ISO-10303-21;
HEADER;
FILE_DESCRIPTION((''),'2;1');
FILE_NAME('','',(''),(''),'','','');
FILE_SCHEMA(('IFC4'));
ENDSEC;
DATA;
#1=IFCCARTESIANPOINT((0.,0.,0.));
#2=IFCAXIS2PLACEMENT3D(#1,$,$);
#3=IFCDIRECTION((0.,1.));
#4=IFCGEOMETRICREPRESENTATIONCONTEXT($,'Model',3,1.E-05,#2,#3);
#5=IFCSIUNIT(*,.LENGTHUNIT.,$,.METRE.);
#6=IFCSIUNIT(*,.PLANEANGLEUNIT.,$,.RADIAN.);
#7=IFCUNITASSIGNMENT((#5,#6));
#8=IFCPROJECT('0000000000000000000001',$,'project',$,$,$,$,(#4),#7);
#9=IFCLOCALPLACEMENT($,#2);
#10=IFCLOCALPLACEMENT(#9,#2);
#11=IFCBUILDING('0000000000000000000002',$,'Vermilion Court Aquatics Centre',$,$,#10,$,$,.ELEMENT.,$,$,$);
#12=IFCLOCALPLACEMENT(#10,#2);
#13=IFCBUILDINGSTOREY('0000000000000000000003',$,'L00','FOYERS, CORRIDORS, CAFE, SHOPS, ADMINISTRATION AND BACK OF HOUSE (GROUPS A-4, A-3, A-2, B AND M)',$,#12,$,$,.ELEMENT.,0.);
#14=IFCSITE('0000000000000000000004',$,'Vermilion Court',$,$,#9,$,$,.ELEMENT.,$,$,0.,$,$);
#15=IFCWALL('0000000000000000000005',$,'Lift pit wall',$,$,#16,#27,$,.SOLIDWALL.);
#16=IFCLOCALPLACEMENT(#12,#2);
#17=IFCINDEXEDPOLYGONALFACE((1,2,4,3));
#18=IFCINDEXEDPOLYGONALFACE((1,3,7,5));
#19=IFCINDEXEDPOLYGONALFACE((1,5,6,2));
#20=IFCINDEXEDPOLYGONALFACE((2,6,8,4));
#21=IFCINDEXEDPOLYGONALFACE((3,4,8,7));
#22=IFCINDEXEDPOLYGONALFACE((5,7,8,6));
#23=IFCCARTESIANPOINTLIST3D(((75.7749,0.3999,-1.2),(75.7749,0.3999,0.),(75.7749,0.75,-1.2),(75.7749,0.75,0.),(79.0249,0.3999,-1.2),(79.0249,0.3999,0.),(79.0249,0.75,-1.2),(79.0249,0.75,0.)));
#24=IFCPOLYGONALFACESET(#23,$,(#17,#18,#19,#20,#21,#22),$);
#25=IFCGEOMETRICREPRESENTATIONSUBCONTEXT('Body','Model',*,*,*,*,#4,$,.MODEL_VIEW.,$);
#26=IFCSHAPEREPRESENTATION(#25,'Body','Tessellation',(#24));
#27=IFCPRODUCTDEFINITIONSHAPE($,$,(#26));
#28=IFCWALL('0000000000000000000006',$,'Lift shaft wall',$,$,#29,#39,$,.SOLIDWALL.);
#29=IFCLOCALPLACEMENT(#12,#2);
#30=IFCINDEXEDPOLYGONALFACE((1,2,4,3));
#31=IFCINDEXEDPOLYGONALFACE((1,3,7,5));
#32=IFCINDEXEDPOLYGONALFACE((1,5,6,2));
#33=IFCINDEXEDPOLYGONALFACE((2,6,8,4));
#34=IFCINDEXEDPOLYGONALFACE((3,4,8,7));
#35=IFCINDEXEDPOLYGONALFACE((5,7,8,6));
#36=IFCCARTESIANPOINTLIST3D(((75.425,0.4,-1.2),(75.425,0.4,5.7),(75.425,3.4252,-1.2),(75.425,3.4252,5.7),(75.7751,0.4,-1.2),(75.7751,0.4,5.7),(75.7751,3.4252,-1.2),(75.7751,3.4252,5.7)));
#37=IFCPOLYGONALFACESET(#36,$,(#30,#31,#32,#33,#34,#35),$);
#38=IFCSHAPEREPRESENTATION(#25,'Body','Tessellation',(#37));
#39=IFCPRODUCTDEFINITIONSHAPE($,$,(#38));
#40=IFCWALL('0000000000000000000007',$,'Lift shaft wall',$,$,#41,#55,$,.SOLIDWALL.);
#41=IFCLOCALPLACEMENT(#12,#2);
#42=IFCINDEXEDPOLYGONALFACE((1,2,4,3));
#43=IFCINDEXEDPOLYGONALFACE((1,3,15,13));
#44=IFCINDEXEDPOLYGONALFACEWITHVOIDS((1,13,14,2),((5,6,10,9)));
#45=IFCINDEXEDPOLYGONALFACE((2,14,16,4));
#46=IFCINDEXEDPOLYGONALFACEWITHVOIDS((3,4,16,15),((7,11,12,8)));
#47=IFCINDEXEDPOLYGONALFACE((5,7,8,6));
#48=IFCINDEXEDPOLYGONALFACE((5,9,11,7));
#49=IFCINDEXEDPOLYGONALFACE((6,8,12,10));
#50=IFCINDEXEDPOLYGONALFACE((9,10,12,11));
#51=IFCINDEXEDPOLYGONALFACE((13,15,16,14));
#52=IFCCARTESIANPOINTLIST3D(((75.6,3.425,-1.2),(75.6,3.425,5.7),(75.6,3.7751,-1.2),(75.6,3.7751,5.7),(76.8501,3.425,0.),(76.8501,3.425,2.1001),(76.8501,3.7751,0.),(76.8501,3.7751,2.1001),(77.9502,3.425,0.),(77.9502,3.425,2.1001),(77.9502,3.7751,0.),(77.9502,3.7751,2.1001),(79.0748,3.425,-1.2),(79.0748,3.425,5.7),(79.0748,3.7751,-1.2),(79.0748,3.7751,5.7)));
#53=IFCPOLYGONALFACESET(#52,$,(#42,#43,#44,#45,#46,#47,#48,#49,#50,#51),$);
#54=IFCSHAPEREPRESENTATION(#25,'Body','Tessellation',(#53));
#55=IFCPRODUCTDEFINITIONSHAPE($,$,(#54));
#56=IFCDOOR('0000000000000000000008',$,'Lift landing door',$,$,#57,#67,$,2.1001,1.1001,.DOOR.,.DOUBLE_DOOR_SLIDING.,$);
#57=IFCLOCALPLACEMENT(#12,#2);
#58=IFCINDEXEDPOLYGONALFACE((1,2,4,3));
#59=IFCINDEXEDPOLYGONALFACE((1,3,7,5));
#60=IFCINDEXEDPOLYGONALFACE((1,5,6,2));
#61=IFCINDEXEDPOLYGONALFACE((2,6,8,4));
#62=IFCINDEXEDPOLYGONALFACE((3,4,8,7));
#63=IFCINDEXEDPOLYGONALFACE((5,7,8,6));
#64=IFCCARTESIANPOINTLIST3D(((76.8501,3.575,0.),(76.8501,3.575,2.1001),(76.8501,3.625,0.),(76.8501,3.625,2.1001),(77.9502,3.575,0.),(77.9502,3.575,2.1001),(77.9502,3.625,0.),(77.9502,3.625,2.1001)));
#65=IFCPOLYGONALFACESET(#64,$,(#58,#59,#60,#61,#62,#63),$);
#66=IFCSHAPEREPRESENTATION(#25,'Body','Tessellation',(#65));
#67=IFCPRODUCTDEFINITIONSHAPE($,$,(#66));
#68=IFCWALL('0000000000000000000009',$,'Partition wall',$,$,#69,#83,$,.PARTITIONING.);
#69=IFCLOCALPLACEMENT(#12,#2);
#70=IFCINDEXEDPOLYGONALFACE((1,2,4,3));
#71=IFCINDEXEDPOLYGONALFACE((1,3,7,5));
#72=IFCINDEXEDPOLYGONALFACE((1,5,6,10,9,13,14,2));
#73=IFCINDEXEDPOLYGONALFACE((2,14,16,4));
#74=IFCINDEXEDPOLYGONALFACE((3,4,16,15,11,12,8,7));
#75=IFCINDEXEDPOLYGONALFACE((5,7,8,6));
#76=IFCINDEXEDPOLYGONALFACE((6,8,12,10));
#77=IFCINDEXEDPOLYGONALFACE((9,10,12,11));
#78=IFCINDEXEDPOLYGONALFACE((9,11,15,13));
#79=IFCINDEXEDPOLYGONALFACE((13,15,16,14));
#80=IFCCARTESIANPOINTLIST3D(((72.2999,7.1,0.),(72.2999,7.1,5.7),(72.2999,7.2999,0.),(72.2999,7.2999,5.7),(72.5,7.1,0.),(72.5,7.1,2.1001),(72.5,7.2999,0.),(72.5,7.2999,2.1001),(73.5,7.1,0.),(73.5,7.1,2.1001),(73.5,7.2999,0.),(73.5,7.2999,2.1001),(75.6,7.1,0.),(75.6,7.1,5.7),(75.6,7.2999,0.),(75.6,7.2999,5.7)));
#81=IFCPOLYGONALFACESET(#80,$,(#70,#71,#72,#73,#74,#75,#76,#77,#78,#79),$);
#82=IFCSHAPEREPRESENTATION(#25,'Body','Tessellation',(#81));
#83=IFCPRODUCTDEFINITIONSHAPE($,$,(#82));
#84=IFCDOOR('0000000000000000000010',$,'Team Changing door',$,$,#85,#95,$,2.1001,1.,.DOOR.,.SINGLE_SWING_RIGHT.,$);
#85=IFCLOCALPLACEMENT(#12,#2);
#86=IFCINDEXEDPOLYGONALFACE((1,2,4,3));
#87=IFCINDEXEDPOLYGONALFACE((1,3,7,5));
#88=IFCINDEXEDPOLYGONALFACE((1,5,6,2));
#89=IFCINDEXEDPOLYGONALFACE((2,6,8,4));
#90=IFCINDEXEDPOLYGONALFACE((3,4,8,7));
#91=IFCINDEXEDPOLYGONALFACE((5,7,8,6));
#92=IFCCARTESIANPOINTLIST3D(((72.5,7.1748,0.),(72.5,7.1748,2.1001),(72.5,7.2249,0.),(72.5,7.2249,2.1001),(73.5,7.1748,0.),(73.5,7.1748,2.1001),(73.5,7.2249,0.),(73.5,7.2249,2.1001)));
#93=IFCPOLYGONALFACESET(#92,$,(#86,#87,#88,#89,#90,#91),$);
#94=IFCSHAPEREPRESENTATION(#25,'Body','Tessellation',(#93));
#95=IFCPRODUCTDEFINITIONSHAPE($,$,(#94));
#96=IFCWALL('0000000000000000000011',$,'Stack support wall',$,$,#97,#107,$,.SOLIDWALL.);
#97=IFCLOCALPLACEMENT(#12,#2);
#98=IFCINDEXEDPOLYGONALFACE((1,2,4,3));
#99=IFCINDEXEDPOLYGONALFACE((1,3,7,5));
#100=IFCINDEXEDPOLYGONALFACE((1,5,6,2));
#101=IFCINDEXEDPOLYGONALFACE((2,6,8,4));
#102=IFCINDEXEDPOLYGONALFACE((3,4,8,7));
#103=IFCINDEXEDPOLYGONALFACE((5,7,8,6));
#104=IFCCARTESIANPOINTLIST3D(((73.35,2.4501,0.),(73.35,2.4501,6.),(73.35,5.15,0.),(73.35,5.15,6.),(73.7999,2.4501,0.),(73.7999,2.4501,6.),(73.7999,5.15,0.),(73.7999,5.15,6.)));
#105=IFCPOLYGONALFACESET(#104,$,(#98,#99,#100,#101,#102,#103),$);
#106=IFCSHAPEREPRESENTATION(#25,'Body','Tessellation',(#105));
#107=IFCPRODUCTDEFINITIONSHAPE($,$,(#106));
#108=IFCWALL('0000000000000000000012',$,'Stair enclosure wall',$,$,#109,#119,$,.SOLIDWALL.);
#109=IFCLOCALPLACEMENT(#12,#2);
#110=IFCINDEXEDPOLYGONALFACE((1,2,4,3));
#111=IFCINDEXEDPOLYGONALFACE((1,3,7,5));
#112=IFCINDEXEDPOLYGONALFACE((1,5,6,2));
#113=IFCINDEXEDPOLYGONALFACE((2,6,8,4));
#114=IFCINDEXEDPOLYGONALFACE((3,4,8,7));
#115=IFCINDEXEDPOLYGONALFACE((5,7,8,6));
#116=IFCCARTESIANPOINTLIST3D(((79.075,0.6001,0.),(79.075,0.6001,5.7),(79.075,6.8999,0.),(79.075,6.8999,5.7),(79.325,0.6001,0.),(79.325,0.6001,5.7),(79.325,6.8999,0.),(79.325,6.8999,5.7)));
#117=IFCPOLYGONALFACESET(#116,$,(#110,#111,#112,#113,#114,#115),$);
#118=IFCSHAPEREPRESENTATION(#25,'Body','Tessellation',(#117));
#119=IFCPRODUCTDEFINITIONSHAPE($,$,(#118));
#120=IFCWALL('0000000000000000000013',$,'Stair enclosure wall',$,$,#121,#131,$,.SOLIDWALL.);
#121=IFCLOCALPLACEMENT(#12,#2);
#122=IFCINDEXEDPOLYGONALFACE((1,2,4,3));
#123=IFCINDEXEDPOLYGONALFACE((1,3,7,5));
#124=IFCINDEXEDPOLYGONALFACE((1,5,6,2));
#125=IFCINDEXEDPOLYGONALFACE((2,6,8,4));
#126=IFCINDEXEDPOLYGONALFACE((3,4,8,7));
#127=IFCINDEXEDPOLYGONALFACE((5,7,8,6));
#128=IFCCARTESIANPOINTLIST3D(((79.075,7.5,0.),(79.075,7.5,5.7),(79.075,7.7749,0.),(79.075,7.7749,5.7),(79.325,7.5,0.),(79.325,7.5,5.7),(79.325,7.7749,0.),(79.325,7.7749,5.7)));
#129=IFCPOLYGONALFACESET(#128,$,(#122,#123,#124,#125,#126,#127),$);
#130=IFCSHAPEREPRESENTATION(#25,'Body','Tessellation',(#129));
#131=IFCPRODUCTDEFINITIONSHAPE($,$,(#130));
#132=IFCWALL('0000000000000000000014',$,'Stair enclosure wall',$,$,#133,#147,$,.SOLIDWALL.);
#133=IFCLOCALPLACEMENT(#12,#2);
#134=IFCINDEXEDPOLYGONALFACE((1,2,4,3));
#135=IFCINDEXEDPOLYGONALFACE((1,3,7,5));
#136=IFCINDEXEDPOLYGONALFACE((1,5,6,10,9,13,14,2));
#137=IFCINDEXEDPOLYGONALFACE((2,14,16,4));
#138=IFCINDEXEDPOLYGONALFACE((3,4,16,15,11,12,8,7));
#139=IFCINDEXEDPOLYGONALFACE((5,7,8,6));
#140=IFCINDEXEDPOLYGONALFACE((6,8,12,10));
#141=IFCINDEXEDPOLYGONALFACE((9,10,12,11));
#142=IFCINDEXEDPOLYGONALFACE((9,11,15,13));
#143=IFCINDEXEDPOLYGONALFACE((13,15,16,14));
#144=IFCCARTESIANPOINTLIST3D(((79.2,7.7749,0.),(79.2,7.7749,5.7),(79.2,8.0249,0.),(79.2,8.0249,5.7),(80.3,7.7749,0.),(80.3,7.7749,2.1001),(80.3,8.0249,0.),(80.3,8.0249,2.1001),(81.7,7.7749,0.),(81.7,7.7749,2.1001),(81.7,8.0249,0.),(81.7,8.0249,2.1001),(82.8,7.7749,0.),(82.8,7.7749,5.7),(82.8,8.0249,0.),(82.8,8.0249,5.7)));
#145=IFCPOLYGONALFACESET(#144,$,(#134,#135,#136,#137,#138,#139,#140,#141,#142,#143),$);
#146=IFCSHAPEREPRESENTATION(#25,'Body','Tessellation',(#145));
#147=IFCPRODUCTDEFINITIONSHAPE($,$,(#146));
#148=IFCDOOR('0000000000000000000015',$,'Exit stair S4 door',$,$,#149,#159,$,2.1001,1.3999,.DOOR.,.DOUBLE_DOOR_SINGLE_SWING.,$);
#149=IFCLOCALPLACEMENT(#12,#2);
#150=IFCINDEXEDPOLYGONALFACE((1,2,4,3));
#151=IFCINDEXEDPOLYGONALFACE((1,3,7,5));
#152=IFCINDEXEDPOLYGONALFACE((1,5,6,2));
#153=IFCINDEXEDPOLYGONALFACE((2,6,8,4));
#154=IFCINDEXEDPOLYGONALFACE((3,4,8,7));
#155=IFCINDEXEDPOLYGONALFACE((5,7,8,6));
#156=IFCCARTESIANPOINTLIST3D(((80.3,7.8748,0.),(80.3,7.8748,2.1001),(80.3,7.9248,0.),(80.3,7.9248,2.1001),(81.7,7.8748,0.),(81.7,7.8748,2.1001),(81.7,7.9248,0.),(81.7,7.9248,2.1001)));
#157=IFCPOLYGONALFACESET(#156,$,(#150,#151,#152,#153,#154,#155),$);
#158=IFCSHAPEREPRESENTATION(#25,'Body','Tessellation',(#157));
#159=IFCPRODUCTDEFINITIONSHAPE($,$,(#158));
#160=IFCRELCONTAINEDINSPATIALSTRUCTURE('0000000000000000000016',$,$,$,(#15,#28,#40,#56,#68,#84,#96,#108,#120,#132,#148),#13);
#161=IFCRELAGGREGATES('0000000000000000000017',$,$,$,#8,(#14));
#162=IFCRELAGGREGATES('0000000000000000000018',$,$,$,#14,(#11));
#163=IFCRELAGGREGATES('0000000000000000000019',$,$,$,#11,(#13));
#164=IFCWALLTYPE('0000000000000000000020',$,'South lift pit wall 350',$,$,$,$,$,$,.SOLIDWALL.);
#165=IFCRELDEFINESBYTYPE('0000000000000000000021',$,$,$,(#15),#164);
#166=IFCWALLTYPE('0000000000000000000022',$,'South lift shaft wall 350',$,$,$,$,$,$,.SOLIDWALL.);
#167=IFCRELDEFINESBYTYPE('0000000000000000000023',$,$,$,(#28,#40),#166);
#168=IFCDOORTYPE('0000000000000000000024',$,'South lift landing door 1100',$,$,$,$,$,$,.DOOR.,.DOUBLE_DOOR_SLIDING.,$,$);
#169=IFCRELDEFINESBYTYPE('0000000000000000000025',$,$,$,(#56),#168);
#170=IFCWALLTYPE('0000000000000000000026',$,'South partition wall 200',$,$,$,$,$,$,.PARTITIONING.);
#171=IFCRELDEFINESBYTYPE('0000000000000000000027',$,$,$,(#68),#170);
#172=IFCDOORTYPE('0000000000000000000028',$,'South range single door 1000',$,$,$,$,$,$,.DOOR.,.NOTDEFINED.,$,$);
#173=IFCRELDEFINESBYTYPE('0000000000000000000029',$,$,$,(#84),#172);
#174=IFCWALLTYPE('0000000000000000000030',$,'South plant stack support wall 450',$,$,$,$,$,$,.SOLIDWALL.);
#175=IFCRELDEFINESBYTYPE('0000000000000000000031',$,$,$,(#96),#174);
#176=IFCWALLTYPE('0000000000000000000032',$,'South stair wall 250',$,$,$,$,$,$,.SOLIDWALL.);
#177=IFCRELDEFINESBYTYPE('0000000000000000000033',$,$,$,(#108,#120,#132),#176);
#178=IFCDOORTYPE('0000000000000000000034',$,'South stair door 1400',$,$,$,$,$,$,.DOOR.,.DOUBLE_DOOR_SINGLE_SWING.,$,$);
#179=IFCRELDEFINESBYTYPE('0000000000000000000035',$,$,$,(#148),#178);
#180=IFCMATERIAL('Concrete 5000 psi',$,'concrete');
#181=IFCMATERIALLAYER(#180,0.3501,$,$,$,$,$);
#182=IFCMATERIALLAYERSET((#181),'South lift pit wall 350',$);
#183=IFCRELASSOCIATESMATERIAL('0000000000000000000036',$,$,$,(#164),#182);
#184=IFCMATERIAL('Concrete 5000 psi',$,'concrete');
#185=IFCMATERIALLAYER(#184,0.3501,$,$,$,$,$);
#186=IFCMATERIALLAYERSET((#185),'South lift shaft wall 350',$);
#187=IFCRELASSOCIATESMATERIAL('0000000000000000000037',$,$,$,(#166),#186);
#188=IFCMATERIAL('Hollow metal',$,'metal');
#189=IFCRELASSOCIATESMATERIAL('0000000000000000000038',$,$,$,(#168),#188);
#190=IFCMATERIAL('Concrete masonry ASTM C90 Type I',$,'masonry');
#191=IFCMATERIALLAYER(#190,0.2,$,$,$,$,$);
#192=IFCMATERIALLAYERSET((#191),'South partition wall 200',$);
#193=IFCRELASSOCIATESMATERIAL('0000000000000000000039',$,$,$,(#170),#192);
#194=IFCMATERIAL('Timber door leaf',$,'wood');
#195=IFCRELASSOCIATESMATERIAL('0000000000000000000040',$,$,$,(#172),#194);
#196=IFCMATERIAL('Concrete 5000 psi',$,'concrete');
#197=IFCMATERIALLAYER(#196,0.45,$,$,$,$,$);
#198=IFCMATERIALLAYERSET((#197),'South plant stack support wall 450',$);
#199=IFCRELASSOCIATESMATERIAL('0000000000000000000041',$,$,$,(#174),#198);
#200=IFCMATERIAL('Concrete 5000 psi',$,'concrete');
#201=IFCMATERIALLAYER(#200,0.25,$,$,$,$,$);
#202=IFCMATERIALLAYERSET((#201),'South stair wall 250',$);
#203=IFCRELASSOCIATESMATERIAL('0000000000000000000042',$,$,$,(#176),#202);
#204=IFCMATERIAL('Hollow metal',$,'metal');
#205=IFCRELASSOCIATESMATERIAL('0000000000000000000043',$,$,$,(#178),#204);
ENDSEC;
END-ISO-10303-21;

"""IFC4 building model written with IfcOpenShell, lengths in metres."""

from ifc_helpers import new_model, si_unit, direction, frame, frame_2d, origin, place, context, subcontext, project, spatial, rectangle, extrude, material, layer, layer_set, type_object, element, fill, save


model = new_model("IFC4")

# Units and contexts
model_context = context("Model", 3, precision=1e-05, world=origin(), true_north=direction((0.0, 1.0)))
body_context = subcontext(model_context, "Body", "Model", "MODEL_VIEW")
ifc_project = project(units=[si_unit("LENGTHUNIT", "METRE"), si_unit("PLANEANGLEUNIT", "RADIAN")], contexts=[model_context])

# Site, building, storey
site_placement = place(None, origin())
site = spatial("IfcSite", under=ifc_project, at=site_placement, Name="Vermilion Court", CompositionType="ELEMENT", RefElevation=0.0)
building_placement = place(site_placement, origin())
building = spatial("IfcBuilding", under=site, at=building_placement, Name="Vermilion Court Aquatics Centre", CompositionType="ELEMENT")
storey_placement = place(building_placement, origin())
storey = spatial("IfcBuildingStorey", under=building, at=storey_placement, Name="L00", Description="FOYERS, CORRIDORS, CAFE, SHOPS, ADMINISTRATION AND BACK OF HOUSE (GROUPS A-4, A-3, A-2, B AND M)", CompositionType="ELEMENT", Elevation=0.0)

# Walls
ifc_material_1 = material(Name="Concrete 5000 psi", Category="concrete")
ifc_layer_1 = layer(ifc_material_1, 0.3501)
ifc_layer_set_1 = layer_set([ifc_layer_1], Name="South lift pit wall 350")
wall_type_1 = type_object("IfcWallType", Name="South lift pit wall 350", PredefinedType="SOLIDWALL", material=ifc_layer_set_1)
wall_1_placement = place(storey_placement, frame((75.7749, 0.575, -1.2), z_axis=(0.0, 0.0, 1.0), x_axis=(1.0, 0.0, 0.0)))
element("IfcWall", 1, at=wall_1_placement, inside=storey, type_object=wall_type_1, Name="Lift pit wall", PredefinedType="SOLIDWALL", context=body_context, shape_type="SweptSolid", body=[
    extrude(rectangle(XDim=3.25, YDim=0.3501, at=frame_2d((1.625, 0.0))), origin(), (0.0, 0.0, 1.0), 1.2),
])
ifc_material_2 = material(Name="Concrete 5000 psi", Category="concrete")
ifc_layer_2 = layer(ifc_material_2, 0.3501)
ifc_layer_set_2 = layer_set([ifc_layer_2], Name="South lift shaft wall 350")
wall_type_2 = type_object("IfcWallType", Name="South lift shaft wall 350", PredefinedType="SOLIDWALL", material=ifc_layer_set_2)
wall_2_placement = place(storey_placement, frame((75.6001, 0.3999, -1.2), z_axis=(0.0, 0.0, 1.0), x_axis=(0.0, 1.0, 0.0)))
element("IfcWall", 2, at=wall_2_placement, inside=storey, type_object=wall_type_2, Name="Lift shaft wall", PredefinedType="SOLIDWALL", context=body_context, shape_type="SweptSolid", body=[
    extrude(rectangle(XDim=3.0251, YDim=0.3501, at=frame_2d((1.5127, 0.0))), origin(), (0.0, 0.0, 1.0), 6.8999),
])

# Walls, openings, doors
wall_3_placement = place(storey_placement, frame((75.6001, 3.6001, -1.2), z_axis=(0.0, 0.0, 1.0), x_axis=(1.0, 0.0, 0.0)))
wall_3 = element("IfcWall", 3, at=wall_3_placement, inside=storey, type_object=wall_type_2, Name="Lift shaft wall", PredefinedType="SOLIDWALL", context=body_context, shape_type="SweptSolid", body=[
    extrude(rectangle(XDim=3.4749, YDim=0.3501, at=frame_2d((1.7373, 0.0))), origin(), (0.0, 0.0, 1.0), 6.8999),
])
opening_1_placement = place(wall_3_placement, frame((1.25, 0.0, 1.2)))
opening_1 = element("IfcOpeningElement", 4, at=opening_1_placement, cuts=wall_3, PredefinedType="OPENING", context=body_context, shape_type="SweptSolid", body=[
    extrude(rectangle(XDim=1.1001, YDim=2.1001, at=frame_2d((0.55, 1.05))), frame((0.0, 0.1851, 0.0), z_axis=(0.0, -1.0, 0.0), x_axis=(1.0, 0.0, 0.0)), (0.0, 0.0, 1.0), 0.3701),
])
ifc_material_3 = material(Name="Hollow metal", Category="metal")
door_type_1 = type_object("IfcDoorType", Name="South lift landing door 1100", OperationType="DOUBLE_DOOR_SLIDING", PredefinedType="DOOR", material=ifc_material_3)
door_1_placement = place(opening_1_placement, origin())
door_1 = element("IfcDoor", 5, at=door_1_placement, inside=storey, type_object=door_type_1, Name="Lift landing door", OperationType="DOUBLE_DOOR_SLIDING", OverallHeight=2.1001, OverallWidth=1.1001, PredefinedType="DOOR", context=body_context, shape_type="SweptSolid", body=[
    extrude(rectangle(XDim=1.1001, YDim=2.1001, at=frame_2d((0.55, 1.05))), frame((0.0, 0.0249, 0.0), z_axis=(0.0, -1.0, 0.0), x_axis=(1.0, 0.0, 0.0)), (0.0, 0.0, 1.0), 0.05),
])
fill(opening_1, door_1)
ifc_material_4 = material(Name="Concrete masonry ASTM C90 Type I", Category="masonry")
ifc_layer_3 = layer(ifc_material_4, 0.2)
ifc_layer_set_3 = layer_set([ifc_layer_3], Name="South partition wall 200")
wall_type_3 = type_object("IfcWallType", Name="South partition wall 200", PredefinedType="PARTITIONING", material=ifc_layer_set_3)
wall_4_placement = place(storey_placement, frame((72.3, 7.2, 0.0), z_axis=(0.0, 0.0, 1.0), x_axis=(1.0, 0.0, 0.0)))
wall_4 = element("IfcWall", 6, at=wall_4_placement, inside=storey, type_object=wall_type_3, Name="Partition wall", PredefinedType="PARTITIONING", context=body_context, shape_type="SweptSolid", body=[
    extrude(rectangle(XDim=3.3, YDim=0.2, at=frame_2d((1.6499, 0.0))), origin(), (0.0, 0.0, 1.0), 5.7),
])
opening_2_placement = place(wall_4_placement, frame((0.2, 0.0, 0.0)))
opening_2 = element("IfcOpeningElement", 7, at=opening_2_placement, cuts=wall_4, PredefinedType="OPENING", context=body_context, shape_type="SweptSolid", body=[
    extrude(rectangle(XDim=1.0, YDim=2.1001, at=frame_2d((0.5, 1.05))), frame((0.0, 0.1099, 0.0), z_axis=(0.0, -1.0, 0.0), x_axis=(1.0, 0.0, 0.0)), (0.0, 0.0, 1.0), 0.22),
])
ifc_material_5 = material(Name="Timber door leaf", Category="wood")
door_type_2 = type_object("IfcDoorType", Name="South range single door 1000", OperationType="NOTDEFINED", PredefinedType="DOOR", material=ifc_material_5)
door_2_placement = place(opening_2_placement, frame((1.0, 0.0, 0.0), z_axis=(0.0, 0.0, 1.0), x_axis=(-1.0, 0.0, 0.0)))
door_2 = element("IfcDoor", 8, at=door_2_placement, inside=storey, type_object=door_type_2, Name="Team Changing door", OperationType="SINGLE_SWING_RIGHT", OverallHeight=2.1001, OverallWidth=1.0, PredefinedType="DOOR", context=body_context, shape_type="SweptSolid", body=[
    extrude(rectangle(XDim=1.0, YDim=2.1001, at=frame_2d((0.5, 1.05))), frame((0.0, 0.0251, 0.0), z_axis=(0.0, -1.0, 0.0), x_axis=(1.0, 0.0, 0.0)), (0.0, 0.0, 1.0), 0.05),
])
fill(opening_2, door_2)

# Walls
ifc_material_6 = material(Name="Concrete 5000 psi", Category="concrete")
ifc_layer_4 = layer(ifc_material_6, 0.45)
ifc_layer_set_4 = layer_set([ifc_layer_4], Name="South plant stack support wall 450")
wall_type_4 = type_object("IfcWallType", Name="South plant stack support wall 450", PredefinedType="SOLIDWALL", material=ifc_layer_set_4)
wall_5_placement = place(storey_placement, frame((73.575, 2.45, 0.0), z_axis=(0.0, 0.0, 1.0), x_axis=(0.0, 1.0, 0.0)))
element("IfcWall", 9, at=wall_5_placement, inside=storey, type_object=wall_type_4, Name="Stack support wall", PredefinedType="SOLIDWALL", context=body_context, shape_type="SweptSolid", body=[
    extrude(rectangle(XDim=2.7, YDim=0.45, at=frame_2d((1.3501, 0.0))), origin(), (0.0, 0.0, 1.0), 6.0),
])
ifc_material_7 = material(Name="Concrete 5000 psi", Category="concrete")
ifc_layer_5 = layer(ifc_material_7, 0.25)
ifc_layer_set_5 = layer_set([ifc_layer_5], Name="South stair wall 250")
wall_type_5 = type_object("IfcWallType", Name="South stair wall 250", PredefinedType="SOLIDWALL", material=ifc_layer_set_5)
wall_6_placement = place(storey_placement, frame((79.2, 0.6001, 0.0), z_axis=(0.0, 0.0, 1.0), x_axis=(0.0, 1.0, 0.0)))
element("IfcWall", 10, at=wall_6_placement, inside=storey, type_object=wall_type_5, Name="Stair enclosure wall", PredefinedType="SOLIDWALL", context=body_context, shape_type="SweptSolid", body=[
    extrude(rectangle(XDim=6.2998, YDim=0.25, at=frame_2d((3.1499, 0.0))), origin(), (0.0, 0.0, 1.0), 5.7),
])
wall_7_placement = place(storey_placement, frame((79.2, 7.5, 0.0), z_axis=(0.0, 0.0, 1.0), x_axis=(0.0, 1.0, 0.0)))
element("IfcWall", 11, at=wall_7_placement, inside=storey, type_object=wall_type_5, Name="Stair enclosure wall", PredefinedType="SOLIDWALL", context=body_context, shape_type="SweptSolid", body=[
    extrude(rectangle(XDim=0.2749, YDim=0.25, at=frame_2d((0.1375, 0.0))), origin(), (0.0, 0.0, 1.0), 5.7),
])

# Wall, opening, door
wall_8_placement = place(storey_placement, frame((79.2, 7.8999, 0.0), z_axis=(0.0, 0.0, 1.0), x_axis=(1.0, 0.0, 0.0)))
wall_8 = element("IfcWall", 12, at=wall_8_placement, inside=storey, type_object=wall_type_5, Name="Stair enclosure wall", PredefinedType="SOLIDWALL", context=body_context, shape_type="SweptSolid", body=[
    extrude(rectangle(XDim=3.6001, YDim=0.25, at=frame_2d((1.8, 0.0))), origin(), (0.0, 0.0, 1.0), 5.7),
])
opening_3_placement = place(wall_8_placement, frame((1.1001, 0.0, 0.0)))
opening_3 = element("IfcOpeningElement", 13, at=opening_3_placement, cuts=wall_8, PredefinedType="OPENING", context=body_context, shape_type="SweptSolid", body=[
    extrude(rectangle(XDim=1.3999, YDim=2.1001, at=frame_2d((0.7, 1.05))), frame((0.0, 0.135, 0.0), z_axis=(0.0, -1.0, 0.0), x_axis=(1.0, 0.0, 0.0)), (0.0, 0.0, 1.0), 0.27),
])
ifc_material_8 = material(Name="Hollow metal", Category="metal")
door_type_3 = type_object("IfcDoorType", Name="South stair door 1400", OperationType="DOUBLE_DOOR_SINGLE_SWING", PredefinedType="DOOR", material=ifc_material_8)
door_3_placement = place(opening_3_placement, origin())
door_3 = element("IfcDoor", 14, at=door_3_placement, inside=storey, type_object=door_type_3, Name="Exit stair S4 door", OperationType="DOUBLE_DOOR_SINGLE_SWING", OverallHeight=2.1001, OverallWidth=1.3999, PredefinedType="DOOR", context=body_context, shape_type="SweptSolid", body=[
    extrude(rectangle(XDim=1.3999, YDim=2.1001, at=frame_2d((0.7, 1.05))), frame((0.0, 0.0249, 0.0), z_axis=(0.0, -1.0, 0.0), x_axis=(1.0, 0.0, 0.0)), (0.0, 0.0, 1.0), 0.05),
])
fill(opening_3, door_3)

save(model, "model.ifc")
